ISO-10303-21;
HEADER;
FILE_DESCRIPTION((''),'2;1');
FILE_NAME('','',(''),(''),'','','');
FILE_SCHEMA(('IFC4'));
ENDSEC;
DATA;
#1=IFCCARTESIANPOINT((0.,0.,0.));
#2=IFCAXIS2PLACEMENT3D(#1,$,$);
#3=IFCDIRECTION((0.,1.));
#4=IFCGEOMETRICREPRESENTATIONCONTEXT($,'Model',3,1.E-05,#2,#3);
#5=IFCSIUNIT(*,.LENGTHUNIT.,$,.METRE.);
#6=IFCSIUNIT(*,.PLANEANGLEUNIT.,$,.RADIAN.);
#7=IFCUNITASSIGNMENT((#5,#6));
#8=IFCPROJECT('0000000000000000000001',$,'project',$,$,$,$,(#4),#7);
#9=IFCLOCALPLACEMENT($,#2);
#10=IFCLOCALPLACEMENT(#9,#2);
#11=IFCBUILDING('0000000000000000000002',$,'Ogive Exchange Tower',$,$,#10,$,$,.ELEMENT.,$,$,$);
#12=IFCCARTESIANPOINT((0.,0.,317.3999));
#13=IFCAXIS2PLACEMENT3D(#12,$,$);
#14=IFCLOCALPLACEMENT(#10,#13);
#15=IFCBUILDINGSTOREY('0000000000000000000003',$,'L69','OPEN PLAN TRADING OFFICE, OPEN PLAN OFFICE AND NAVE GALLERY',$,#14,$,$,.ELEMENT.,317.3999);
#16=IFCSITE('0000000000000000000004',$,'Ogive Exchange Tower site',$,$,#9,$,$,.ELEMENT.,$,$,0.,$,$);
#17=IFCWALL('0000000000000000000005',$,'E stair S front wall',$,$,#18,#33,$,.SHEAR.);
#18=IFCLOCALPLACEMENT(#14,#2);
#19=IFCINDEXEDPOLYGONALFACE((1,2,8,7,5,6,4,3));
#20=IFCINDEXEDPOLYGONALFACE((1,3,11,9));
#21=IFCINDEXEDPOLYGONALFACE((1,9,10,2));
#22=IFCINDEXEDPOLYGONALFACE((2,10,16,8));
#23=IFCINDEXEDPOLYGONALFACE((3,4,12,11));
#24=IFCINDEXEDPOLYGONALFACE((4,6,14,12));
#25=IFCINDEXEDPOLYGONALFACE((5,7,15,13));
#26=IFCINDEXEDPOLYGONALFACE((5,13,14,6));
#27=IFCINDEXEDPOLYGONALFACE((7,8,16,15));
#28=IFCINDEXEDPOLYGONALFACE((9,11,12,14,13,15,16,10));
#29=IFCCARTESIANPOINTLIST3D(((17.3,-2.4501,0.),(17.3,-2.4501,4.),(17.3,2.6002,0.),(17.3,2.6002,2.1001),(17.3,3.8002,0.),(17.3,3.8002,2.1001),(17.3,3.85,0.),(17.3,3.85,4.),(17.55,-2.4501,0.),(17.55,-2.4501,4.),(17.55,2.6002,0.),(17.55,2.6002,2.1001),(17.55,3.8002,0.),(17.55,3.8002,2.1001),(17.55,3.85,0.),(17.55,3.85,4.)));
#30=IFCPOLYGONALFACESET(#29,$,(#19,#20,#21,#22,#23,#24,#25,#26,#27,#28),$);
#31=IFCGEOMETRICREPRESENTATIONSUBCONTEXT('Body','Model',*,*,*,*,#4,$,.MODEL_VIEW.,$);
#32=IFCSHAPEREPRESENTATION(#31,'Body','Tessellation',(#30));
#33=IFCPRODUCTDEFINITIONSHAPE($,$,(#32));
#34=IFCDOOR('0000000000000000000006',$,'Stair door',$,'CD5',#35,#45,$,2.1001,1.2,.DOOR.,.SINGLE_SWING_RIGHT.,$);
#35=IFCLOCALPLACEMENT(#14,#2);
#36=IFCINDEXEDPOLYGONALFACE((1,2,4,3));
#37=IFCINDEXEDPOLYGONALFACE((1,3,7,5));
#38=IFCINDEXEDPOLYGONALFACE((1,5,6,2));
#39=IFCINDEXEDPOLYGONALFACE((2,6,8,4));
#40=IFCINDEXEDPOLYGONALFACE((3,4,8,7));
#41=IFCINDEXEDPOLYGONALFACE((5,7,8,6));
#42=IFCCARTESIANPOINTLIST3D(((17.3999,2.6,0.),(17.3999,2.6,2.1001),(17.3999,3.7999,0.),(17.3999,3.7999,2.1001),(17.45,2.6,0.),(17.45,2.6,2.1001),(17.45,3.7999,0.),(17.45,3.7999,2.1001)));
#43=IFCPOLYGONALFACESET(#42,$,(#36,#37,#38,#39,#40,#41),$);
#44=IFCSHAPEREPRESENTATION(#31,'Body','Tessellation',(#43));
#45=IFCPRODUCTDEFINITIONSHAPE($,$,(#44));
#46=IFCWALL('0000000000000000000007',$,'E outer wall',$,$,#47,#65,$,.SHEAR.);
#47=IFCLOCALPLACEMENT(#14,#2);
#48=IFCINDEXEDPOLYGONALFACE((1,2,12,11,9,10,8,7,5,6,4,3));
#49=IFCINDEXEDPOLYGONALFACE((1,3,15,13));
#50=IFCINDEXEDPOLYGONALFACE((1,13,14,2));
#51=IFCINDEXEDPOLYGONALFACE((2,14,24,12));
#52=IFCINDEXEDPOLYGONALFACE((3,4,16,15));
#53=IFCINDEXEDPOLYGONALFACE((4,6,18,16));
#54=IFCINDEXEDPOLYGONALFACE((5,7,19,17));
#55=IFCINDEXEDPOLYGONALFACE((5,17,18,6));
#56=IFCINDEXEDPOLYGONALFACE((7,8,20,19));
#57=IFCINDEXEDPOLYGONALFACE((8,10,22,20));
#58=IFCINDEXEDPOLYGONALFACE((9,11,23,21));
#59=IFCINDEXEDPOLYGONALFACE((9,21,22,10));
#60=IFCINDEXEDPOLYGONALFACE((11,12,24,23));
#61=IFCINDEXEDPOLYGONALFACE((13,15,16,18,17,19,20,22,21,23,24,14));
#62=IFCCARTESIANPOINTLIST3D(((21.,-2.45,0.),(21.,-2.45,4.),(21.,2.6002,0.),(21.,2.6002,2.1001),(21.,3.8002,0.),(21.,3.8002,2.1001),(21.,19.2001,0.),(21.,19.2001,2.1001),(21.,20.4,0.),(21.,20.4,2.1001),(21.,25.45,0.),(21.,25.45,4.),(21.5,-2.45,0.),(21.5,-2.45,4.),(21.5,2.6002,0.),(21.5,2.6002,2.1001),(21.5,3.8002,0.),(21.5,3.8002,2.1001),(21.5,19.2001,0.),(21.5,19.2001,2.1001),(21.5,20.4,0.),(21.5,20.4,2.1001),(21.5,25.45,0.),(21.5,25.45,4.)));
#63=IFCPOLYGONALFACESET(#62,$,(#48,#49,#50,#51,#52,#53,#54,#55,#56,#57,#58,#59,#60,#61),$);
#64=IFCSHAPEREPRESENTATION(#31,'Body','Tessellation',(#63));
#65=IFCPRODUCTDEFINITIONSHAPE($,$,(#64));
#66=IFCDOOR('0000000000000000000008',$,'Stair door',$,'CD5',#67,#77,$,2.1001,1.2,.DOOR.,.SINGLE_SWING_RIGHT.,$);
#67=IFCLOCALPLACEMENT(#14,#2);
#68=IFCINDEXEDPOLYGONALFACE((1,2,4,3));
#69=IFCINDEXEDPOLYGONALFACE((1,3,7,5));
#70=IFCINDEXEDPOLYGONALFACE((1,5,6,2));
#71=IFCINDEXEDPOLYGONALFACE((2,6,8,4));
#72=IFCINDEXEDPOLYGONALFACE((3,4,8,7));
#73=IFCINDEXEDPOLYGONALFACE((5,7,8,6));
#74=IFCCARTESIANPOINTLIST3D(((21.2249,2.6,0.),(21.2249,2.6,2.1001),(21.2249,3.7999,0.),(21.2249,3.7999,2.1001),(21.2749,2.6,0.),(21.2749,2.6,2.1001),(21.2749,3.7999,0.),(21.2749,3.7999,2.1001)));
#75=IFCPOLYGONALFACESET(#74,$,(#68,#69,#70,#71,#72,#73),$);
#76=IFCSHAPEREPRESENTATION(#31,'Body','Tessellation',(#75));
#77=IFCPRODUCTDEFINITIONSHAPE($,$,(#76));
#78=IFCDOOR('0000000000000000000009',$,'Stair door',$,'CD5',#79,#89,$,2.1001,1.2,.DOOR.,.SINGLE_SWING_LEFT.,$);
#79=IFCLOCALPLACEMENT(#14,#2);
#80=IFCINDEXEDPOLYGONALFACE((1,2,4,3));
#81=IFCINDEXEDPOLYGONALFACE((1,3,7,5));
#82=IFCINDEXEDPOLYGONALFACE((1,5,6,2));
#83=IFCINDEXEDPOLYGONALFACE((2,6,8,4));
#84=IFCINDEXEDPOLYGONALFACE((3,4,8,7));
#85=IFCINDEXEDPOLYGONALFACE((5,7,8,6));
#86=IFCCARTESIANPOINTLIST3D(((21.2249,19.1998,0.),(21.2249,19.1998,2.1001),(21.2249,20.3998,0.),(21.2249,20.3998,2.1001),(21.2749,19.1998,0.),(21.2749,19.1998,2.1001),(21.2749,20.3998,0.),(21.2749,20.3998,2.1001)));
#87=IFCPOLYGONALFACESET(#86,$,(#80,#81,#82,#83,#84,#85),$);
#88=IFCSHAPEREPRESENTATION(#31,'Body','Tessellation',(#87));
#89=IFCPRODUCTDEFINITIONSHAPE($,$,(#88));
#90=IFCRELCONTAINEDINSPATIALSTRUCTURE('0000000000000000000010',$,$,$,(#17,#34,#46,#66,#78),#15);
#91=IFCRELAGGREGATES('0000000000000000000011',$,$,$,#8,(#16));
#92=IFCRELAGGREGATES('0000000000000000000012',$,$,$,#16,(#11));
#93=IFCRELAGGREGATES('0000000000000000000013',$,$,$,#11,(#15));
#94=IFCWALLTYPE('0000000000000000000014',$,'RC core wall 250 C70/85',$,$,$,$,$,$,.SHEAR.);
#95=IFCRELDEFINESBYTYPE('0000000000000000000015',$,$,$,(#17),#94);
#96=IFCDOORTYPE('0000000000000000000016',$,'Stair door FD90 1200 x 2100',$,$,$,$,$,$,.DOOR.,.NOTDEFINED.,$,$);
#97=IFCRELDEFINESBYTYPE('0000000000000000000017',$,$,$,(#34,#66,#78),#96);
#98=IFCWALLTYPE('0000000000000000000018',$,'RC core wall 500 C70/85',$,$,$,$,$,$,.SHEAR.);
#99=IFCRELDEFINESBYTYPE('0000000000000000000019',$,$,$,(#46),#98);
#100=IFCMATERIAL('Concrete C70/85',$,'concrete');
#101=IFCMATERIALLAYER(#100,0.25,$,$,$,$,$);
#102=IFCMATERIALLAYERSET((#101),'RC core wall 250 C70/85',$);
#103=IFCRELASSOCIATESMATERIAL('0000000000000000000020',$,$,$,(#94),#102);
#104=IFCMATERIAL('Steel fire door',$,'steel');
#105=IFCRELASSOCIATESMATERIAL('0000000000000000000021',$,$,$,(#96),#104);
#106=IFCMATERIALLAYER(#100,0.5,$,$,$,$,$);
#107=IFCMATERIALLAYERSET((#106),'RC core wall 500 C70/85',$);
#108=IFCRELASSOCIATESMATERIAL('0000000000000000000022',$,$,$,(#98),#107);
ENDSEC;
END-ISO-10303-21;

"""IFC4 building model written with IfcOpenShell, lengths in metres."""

from ifc_helpers import new_model, si_unit, direction, frame, frame_2d, origin, place, context, subcontext, project, spatial, rectangle, extrude, material, layer, layer_set, type_object, element, fill, save


model = new_model("IFC4")

# Units and contexts
model_context = context("Model", 3, precision=1e-05, world=origin(), true_north=direction((0.0, 1.0)))
body_context = subcontext(model_context, "Body", "Model", "MODEL_VIEW")
ifc_project = project(units=[si_unit("LENGTHUNIT", "METRE"), si_unit("PLANEANGLEUNIT", "RADIAN")], contexts=[model_context])

# Site, building, storey
site_placement = place(None, origin())
site = spatial("IfcSite", under=ifc_project, at=site_placement, Name="Ogive Exchange Tower site", CompositionType="ELEMENT", RefElevation=0.0)
building_placement = place(site_placement, origin())
building = spatial("IfcBuilding", under=site, at=building_placement, Name="Ogive Exchange Tower", CompositionType="ELEMENT")
storey_placement = place(building_placement, frame((0.0, 0.0, 317.3999)))
storey = spatial("IfcBuildingStorey", under=building, at=storey_placement, Name="L69", Description="OPEN PLAN TRADING OFFICE, OPEN PLAN OFFICE AND NAVE GALLERY", CompositionType="ELEMENT", Elevation=317.3999)

# Wall, opening, door
ifc_material_1 = material(Name="Concrete C70/85", Category="concrete")
ifc_layer_1 = layer(ifc_material_1, 0.25)
ifc_layer_set_1 = layer_set([ifc_layer_1], Name="RC core wall 250 C70/85")
wall_type_1 = type_object("IfcWallType", Name="RC core wall 250 C70/85", PredefinedType="SHEAR", material=ifc_layer_set_1)
wall_1_placement = place(storey_placement, frame((17.425, -2.45, 0.0), z_axis=(0.0, 0.0, 1.0), x_axis=(0.0, 1.0, 0.0)))
wall_1 = element("IfcWall", 1, at=wall_1_placement, inside=storey, type_object=wall_type_1, Name="E stair S front wall", PredefinedType="SHEAR", context=body_context, shape_type="SweptSolid", body=[
    extrude(rectangle(XDim=6.3, YDim=0.25, at=frame_2d((3.1499, 0.0))), origin(), (0.0, 0.0, 1.0), 4.0),
])
opening_1_placement = place(wall_1_placement, frame((5.05, 0.0, 0.0)))
opening_1 = element("IfcOpeningElement", 2, at=opening_1_placement, cuts=wall_1, PredefinedType="OPENING", context=body_context, shape_type="SweptSolid", body=[
    extrude(rectangle(XDim=1.2, YDim=2.1001, at=frame_2d((0.6001, 1.05))), frame((0.0, 0.135, 0.0), z_axis=(0.0, -1.0, 0.0), x_axis=(1.0, 0.0, 0.0)), (0.0, 0.0, 1.0), 0.27),
])
ifc_material_2 = material(Name="Steel fire door", Category="steel")
door_type_1 = type_object("IfcDoorType", Name="Stair door FD90 1200 x 2100", OperationType="NOTDEFINED", PredefinedType="DOOR", material=ifc_material_2)
door_1_placement = place(opening_1_placement, frame((1.2, 0.0, 0.0), z_axis=(0.0, 0.0, 1.0), x_axis=(-1.0, 0.0, 0.0)))
door_1 = element("IfcDoor", 3, at=door_1_placement, inside=storey, type_object=door_type_1, Name="Stair door", ObjectType="CD5", OperationType="SINGLE_SWING_RIGHT", OverallHeight=2.1001, OverallWidth=1.2, PredefinedType="DOOR", context=body_context, shape_type="SweptSolid", body=[
    extrude(rectangle(XDim=1.2, YDim=2.1001, at=frame_2d((0.6001, 1.05))), frame((0.0, 0.0249, 0.0), z_axis=(0.0, -1.0, 0.0), x_axis=(1.0, 0.0, 0.0)), (0.0, 0.0, 1.0), 0.05),
])
fill(opening_1, door_1)

# Wall, openings, doors
ifc_layer_2 = layer(ifc_material_1, 0.5)
ifc_layer_set_2 = layer_set([ifc_layer_2], Name="RC core wall 500 C70/85")
wall_type_2 = type_object("IfcWallType", Name="RC core wall 500 C70/85", PredefinedType="SHEAR", material=ifc_layer_set_2)
wall_2_placement = place(storey_placement, frame((21.25, -2.45, 0.0), z_axis=(0.0, 0.0, 1.0), x_axis=(0.0, 1.0, 0.0)))
wall_2 = element("IfcWall", 4, at=wall_2_placement, inside=storey, type_object=wall_type_2, Name="E outer wall", PredefinedType="SHEAR", context=body_context, shape_type="SweptSolid", body=[
    extrude(rectangle(XDim=27.8999, YDim=0.5, at=frame_2d((13.95, 0.0))), origin(), (0.0, 0.0, 1.0), 4.0),
])
opening_2_placement = place(wall_2_placement, frame((5.05, 0.0, 0.0)))
opening_2 = element("IfcOpeningElement", 5, at=opening_2_placement, cuts=wall_2, PredefinedType="OPENING", context=body_context, shape_type="SweptSolid", body=[
    extrude(rectangle(XDim=1.2, YDim=2.1001, at=frame_2d((0.6001, 1.05))), frame((0.0, 0.26, 0.0), z_axis=(0.0, -1.0, 0.0), x_axis=(1.0, 0.0, 0.0)), (0.0, 0.0, 1.0), 0.52),
])
opening_3_placement = place(wall_2_placement, frame((21.6499, 0.0, 0.0)))
opening_3 = element("IfcOpeningElement", 6, at=opening_3_placement, cuts=wall_2, PredefinedType="OPENING", context=body_context, shape_type="SweptSolid", body=[
    extrude(rectangle(XDim=1.2, YDim=2.1001, at=frame_2d((0.6001, 1.05))), frame((0.0, 0.26, 0.0), z_axis=(0.0, -1.0, 0.0), x_axis=(1.0, 0.0, 0.0)), (0.0, 0.0, 1.0), 0.52),
])
door_2_placement = place(opening_2_placement, frame((1.2, 0.0, 0.0), z_axis=(0.0, 0.0, 1.0), x_axis=(-1.0, 0.0, 0.0)))
door_2 = element("IfcDoor", 7, at=door_2_placement, inside=storey, type_object=door_type_1, Name="Stair door", ObjectType="CD5", OperationType="SINGLE_SWING_RIGHT", OverallHeight=2.1001, OverallWidth=1.2, PredefinedType="DOOR", context=body_context, shape_type="SweptSolid", body=[
    extrude(rectangle(XDim=1.2, YDim=2.1001, at=frame_2d((0.6001, 1.05))), frame((0.0, 0.0249, 0.0), z_axis=(0.0, -1.0, 0.0), x_axis=(1.0, 0.0, 0.0)), (0.0, 0.0, 1.0), 0.05),
])
fill(opening_2, door_2)
door_3_placement = place(opening_3_placement, frame((1.2, 0.0, 0.0), z_axis=(0.0, 0.0, 1.0), x_axis=(-1.0, 0.0, 0.0)))
door_3 = element("IfcDoor", 8, at=door_3_placement, inside=storey, type_object=door_type_1, Name="Stair door", ObjectType="CD5", OperationType="SINGLE_SWING_LEFT", OverallHeight=2.1001, OverallWidth=1.2, PredefinedType="DOOR", context=body_context, shape_type="SweptSolid", body=[
    extrude(rectangle(XDim=1.2, YDim=2.1001, at=frame_2d((0.6001, 1.05))), frame((0.0, 0.0249, 0.0), z_axis=(0.0, -1.0, 0.0), x_axis=(1.0, 0.0, 0.0)), (0.0, 0.0, 1.0), 0.05),
])
fill(opening_3, door_3)

save(model, "model.ifc")
